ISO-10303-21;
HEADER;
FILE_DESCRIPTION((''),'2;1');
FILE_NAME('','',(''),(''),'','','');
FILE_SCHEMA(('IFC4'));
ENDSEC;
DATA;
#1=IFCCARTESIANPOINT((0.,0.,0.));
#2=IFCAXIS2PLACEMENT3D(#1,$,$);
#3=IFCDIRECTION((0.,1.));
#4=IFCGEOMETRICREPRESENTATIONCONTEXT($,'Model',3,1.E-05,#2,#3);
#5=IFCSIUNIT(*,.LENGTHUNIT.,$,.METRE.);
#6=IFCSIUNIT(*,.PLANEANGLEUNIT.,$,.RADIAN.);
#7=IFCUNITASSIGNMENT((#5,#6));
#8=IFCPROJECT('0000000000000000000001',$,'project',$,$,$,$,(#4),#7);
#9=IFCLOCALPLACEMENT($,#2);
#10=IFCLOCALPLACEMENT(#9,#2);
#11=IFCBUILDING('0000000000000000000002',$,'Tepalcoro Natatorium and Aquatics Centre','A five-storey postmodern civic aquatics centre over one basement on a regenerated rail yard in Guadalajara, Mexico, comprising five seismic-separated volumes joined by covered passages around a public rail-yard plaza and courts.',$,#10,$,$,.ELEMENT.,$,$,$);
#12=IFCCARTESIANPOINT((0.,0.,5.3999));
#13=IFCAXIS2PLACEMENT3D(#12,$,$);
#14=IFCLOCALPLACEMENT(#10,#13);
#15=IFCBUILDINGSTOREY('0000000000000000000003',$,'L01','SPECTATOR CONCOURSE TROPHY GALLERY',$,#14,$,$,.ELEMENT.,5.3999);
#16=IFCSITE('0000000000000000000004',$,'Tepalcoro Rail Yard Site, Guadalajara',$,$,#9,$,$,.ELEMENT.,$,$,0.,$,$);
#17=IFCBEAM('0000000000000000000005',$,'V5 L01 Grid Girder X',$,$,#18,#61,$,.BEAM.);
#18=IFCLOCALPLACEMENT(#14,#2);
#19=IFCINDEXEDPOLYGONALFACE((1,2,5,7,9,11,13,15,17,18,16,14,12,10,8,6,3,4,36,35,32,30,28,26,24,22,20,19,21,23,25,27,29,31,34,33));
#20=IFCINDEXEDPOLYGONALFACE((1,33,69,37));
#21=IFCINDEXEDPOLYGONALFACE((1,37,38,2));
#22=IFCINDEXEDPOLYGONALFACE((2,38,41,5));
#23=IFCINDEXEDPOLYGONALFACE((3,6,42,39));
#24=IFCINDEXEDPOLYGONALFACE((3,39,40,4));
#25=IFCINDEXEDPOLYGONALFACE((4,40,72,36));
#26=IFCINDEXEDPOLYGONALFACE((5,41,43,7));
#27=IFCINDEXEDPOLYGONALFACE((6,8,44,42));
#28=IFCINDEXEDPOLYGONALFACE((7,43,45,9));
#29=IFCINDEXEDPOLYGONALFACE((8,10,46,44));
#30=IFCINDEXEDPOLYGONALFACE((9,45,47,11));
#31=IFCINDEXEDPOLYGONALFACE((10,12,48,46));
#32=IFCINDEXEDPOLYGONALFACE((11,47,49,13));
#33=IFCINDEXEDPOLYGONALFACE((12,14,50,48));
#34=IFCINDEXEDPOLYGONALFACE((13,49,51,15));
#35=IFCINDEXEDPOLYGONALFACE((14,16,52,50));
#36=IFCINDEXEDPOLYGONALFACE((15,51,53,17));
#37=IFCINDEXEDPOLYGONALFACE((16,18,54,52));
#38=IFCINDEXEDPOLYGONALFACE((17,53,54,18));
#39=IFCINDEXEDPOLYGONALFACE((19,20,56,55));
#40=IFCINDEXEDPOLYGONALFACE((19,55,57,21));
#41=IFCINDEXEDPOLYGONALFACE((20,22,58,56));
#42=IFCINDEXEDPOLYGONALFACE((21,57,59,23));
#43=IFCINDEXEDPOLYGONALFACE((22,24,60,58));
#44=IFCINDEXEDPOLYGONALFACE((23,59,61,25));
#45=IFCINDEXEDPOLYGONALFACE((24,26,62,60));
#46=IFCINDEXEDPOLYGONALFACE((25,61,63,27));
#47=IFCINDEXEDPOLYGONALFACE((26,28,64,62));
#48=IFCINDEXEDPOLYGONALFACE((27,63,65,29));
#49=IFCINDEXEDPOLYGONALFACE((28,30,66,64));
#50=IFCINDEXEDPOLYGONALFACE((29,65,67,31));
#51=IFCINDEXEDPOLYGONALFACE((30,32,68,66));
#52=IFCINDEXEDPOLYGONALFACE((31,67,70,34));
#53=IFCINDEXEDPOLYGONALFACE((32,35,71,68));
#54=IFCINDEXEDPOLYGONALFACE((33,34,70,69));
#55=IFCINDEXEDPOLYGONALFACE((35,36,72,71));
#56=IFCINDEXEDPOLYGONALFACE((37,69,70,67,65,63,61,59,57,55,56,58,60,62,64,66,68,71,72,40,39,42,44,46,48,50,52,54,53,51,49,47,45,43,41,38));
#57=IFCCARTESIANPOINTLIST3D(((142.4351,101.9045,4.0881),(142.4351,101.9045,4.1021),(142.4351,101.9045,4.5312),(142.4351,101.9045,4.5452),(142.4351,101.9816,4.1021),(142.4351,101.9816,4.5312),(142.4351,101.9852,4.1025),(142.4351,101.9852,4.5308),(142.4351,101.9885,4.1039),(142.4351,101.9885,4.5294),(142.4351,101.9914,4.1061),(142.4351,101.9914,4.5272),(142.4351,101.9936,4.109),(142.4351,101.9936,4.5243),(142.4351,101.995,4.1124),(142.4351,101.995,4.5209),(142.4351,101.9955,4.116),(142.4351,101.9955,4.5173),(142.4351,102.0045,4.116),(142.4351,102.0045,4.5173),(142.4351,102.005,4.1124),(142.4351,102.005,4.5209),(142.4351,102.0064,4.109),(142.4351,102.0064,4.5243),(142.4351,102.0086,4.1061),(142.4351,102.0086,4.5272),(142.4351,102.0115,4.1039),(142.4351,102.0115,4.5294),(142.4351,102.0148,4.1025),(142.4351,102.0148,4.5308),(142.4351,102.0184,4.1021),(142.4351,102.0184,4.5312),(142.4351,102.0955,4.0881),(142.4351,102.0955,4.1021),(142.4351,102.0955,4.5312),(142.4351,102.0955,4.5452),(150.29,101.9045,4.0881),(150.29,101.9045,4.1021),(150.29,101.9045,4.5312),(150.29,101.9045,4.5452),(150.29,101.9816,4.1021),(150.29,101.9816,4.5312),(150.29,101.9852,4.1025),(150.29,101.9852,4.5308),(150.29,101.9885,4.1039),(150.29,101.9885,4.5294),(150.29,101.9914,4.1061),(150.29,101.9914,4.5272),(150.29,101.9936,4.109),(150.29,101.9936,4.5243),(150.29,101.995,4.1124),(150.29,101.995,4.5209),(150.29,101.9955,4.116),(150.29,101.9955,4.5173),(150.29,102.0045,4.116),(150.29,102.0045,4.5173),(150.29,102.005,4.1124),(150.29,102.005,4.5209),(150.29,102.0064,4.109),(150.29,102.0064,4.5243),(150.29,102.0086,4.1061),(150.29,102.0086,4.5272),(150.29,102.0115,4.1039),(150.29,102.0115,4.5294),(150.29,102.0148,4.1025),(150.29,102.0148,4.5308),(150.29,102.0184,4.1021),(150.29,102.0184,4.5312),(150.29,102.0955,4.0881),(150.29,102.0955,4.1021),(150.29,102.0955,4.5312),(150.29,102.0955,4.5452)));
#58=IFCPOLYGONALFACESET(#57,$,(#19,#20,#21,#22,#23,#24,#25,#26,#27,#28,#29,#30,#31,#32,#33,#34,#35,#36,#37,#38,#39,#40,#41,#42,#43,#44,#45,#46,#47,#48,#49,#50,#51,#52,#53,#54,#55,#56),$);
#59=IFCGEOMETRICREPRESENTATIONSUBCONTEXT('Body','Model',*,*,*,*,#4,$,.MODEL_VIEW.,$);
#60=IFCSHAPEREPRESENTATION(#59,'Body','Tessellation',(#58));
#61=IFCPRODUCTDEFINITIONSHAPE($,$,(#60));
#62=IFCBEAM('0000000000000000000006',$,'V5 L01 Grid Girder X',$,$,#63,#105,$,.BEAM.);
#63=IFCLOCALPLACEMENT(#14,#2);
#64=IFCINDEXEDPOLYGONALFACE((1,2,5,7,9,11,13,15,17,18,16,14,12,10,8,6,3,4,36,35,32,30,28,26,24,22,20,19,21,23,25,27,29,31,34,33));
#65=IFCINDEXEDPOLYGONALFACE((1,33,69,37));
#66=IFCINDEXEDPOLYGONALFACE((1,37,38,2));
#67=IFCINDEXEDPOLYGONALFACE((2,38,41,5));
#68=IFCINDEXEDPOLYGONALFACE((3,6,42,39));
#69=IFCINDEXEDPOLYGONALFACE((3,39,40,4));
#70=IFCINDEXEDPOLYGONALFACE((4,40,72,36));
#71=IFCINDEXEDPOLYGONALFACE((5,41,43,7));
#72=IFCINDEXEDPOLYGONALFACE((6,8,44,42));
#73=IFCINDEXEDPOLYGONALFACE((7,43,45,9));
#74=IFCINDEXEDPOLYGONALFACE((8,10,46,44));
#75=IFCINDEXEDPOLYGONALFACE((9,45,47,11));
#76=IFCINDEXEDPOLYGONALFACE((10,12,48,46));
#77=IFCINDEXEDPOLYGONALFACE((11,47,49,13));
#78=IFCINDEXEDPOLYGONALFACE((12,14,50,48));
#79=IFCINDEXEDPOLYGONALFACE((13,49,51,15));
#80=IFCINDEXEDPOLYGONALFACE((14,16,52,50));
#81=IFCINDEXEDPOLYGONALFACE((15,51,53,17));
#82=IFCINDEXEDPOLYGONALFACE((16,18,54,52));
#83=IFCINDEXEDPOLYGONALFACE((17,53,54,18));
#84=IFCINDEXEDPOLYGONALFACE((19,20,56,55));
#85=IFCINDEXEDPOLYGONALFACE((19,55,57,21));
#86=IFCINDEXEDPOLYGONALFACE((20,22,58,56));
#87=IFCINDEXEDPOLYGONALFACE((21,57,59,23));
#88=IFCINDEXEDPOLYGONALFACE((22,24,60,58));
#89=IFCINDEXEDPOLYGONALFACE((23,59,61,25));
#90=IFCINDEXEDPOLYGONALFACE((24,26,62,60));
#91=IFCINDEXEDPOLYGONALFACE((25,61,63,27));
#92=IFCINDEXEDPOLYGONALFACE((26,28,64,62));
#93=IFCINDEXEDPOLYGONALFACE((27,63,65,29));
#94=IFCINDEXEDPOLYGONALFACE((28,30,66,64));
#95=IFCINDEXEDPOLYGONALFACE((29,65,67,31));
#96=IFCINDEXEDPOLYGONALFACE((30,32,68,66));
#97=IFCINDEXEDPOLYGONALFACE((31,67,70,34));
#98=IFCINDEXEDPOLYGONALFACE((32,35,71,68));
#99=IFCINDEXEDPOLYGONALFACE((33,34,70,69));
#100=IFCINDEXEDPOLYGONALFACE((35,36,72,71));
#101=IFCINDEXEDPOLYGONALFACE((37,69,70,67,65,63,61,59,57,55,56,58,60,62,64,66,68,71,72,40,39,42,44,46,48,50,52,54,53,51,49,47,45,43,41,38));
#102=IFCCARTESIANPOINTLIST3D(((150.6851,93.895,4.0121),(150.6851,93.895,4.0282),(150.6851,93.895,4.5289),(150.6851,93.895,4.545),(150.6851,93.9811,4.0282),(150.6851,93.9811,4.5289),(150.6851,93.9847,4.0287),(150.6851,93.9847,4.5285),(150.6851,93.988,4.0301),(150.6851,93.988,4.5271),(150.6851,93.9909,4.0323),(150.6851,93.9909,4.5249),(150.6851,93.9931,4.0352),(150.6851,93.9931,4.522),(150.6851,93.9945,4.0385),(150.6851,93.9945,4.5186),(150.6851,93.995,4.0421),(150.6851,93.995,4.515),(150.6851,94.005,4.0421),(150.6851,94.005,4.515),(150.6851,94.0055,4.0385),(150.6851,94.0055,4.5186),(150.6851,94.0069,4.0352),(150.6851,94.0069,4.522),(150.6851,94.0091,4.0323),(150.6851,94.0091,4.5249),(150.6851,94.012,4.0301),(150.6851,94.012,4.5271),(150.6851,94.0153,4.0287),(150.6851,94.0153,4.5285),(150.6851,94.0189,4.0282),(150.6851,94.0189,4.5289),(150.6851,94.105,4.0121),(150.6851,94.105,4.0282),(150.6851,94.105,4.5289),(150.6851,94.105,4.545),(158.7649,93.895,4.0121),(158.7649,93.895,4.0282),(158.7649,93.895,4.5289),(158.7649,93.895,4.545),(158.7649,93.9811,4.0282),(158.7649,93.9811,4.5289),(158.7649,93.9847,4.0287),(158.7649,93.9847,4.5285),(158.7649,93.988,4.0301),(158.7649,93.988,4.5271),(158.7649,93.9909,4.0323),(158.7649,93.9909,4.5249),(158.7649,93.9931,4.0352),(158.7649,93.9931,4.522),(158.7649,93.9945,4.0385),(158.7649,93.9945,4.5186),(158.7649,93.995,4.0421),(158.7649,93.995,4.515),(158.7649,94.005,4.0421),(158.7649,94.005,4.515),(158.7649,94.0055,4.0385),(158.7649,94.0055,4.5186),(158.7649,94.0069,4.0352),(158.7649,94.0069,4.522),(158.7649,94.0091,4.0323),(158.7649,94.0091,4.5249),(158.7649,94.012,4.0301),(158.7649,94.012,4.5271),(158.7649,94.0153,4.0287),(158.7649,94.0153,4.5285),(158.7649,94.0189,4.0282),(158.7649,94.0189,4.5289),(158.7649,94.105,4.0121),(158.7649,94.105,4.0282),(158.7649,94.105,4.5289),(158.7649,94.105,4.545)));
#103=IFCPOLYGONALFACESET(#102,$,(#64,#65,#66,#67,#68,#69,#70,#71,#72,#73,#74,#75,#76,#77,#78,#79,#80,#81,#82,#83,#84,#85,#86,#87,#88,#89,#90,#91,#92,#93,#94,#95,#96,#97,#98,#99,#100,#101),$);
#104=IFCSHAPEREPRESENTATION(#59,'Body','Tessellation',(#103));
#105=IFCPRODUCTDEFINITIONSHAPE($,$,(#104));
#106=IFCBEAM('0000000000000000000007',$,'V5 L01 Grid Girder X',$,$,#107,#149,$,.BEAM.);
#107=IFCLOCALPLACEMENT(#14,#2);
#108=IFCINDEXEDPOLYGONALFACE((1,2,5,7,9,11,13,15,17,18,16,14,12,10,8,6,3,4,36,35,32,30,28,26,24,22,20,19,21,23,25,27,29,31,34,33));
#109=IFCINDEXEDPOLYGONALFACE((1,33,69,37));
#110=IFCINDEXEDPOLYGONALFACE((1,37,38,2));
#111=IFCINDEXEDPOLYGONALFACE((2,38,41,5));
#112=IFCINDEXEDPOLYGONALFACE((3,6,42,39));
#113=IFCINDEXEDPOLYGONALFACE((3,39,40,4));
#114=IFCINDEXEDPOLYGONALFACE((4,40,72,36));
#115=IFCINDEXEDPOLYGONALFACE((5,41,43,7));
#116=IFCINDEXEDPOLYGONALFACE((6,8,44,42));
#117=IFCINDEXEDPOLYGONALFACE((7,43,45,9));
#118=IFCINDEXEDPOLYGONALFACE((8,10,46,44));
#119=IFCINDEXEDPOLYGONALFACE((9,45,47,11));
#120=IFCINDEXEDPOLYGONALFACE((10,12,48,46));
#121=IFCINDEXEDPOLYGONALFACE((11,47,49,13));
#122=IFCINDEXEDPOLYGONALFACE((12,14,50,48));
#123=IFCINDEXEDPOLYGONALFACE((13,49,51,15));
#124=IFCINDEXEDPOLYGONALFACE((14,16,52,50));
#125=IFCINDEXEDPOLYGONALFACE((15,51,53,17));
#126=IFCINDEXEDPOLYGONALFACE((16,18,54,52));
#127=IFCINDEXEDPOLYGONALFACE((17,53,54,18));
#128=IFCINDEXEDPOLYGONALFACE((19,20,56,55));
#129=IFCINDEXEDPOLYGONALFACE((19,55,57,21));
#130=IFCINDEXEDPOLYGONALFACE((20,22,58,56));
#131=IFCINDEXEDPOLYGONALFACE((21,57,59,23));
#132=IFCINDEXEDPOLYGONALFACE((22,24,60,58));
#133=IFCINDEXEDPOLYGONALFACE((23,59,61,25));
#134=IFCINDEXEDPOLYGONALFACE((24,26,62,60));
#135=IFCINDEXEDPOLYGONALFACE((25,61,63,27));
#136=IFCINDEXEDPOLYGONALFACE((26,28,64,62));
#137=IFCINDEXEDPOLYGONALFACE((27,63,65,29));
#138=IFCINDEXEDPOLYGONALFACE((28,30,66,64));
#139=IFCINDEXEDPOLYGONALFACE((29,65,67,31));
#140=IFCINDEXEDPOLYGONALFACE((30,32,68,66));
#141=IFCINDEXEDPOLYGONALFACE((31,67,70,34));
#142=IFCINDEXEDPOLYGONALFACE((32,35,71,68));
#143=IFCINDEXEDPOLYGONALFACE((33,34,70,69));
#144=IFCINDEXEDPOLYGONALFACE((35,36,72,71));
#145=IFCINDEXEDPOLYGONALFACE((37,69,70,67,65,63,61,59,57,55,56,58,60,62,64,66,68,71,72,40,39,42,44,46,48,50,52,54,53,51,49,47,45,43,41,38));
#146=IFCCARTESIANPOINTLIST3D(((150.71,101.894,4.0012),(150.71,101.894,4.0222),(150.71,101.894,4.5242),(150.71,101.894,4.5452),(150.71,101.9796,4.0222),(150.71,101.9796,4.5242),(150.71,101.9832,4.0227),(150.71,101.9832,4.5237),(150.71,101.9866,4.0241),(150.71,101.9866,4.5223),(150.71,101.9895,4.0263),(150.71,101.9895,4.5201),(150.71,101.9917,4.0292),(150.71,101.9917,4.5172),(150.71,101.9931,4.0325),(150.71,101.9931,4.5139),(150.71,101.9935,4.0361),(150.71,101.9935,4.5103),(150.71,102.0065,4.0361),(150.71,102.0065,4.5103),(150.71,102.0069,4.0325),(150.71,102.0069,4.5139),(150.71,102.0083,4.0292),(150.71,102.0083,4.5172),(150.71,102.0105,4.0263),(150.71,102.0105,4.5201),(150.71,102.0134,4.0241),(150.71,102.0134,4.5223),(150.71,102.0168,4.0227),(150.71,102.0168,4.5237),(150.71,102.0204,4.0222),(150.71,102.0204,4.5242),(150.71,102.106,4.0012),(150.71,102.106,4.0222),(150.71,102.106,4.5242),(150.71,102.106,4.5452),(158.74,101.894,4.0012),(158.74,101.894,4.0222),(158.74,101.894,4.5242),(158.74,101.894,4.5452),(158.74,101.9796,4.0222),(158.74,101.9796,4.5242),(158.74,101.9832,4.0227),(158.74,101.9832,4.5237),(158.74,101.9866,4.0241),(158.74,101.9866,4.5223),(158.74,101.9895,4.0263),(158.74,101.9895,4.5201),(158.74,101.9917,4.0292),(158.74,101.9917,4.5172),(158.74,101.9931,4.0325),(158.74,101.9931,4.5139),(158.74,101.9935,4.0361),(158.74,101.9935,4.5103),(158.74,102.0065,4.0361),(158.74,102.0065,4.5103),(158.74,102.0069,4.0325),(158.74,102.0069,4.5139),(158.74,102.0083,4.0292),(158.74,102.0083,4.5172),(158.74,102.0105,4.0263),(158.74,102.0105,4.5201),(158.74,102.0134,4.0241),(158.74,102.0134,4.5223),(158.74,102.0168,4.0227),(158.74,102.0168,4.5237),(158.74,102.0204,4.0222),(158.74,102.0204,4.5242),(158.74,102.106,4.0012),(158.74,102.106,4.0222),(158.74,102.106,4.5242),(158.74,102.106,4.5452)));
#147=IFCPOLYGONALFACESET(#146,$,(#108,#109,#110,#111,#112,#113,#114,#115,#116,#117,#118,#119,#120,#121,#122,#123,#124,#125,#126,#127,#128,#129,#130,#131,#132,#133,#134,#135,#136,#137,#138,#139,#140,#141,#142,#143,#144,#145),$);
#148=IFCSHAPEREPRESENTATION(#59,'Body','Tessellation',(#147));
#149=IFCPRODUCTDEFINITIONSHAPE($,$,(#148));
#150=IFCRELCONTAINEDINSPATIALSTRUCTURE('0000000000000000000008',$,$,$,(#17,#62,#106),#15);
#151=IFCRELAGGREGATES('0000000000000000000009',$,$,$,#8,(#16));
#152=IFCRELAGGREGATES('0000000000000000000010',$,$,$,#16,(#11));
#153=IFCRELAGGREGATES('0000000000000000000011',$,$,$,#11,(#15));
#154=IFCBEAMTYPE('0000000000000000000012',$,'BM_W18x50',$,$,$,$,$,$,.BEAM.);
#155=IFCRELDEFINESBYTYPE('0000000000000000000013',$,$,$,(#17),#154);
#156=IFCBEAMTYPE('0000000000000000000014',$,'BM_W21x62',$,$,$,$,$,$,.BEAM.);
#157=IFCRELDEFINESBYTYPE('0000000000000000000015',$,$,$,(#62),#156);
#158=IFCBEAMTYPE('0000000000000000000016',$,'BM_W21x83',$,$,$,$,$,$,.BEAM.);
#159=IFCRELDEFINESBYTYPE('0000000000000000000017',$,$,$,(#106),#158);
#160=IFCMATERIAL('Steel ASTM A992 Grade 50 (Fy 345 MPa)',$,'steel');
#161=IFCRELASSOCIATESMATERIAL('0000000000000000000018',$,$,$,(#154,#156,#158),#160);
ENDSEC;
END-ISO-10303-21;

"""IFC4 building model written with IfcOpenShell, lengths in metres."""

from ifc_helpers import new_model, si_unit, direction, frame, origin, origin_2d, place, context, subcontext, project, spatial, i_section, extrude, material, material_profile, profile_set, type_object, element, save


model = new_model("IFC4")

# Units and contexts
model_context = context("Model", 3, precision=1e-05, world=origin(), true_north=direction((0.0, 1.0)))
body_context = subcontext(model_context, "Body", "Model", "MODEL_VIEW")
ifc_project = project(units=[si_unit("LENGTHUNIT", "METRE"), si_unit("PLANEANGLEUNIT", "RADIAN")], contexts=[model_context])

# Site, building, storey
site_placement = place(None, origin())
site = spatial("IfcSite", under=ifc_project, at=site_placement, Name="Tepalcoro Rail Yard Site, Guadalajara", CompositionType="ELEMENT", RefElevation=0.0)
building_placement = place(site_placement, origin())
building = spatial("IfcBuilding", under=site, at=building_placement, Name="Tepalcoro Natatorium and Aquatics Centre", Description="A five-storey postmodern civic aquatics centre over one basement on a regenerated rail yard in Guadalajara, Mexico, comprising five seismic-separated volumes joined by covered passages around a public rail-yard plaza and courts.", CompositionType="ELEMENT")
storey_placement = place(building_placement, frame((0.0, 0.0, 5.3999)))
storey = spatial("IfcBuildingStorey", under=building, at=storey_placement, Name="L01", Description="SPECTATOR CONCOURSE TROPHY GALLERY", CompositionType="ELEMENT", Elevation=5.3999)

# Beams
ifc_material_1 = material(Name="Steel ASTM A992 Grade 50 (Fy 345 MPa)", Category="steel")
ifc_material_profile_1 = material_profile(ifc_material_1, i_section(OverallWidth=0.1909, OverallDepth=0.457, WebThickness=0.009, FlangeThickness=0.0139, FilletRadius=0.0139, at=origin_2d()), Name="W18X50")
ifc_profile_set_1 = profile_set([ifc_material_profile_1], Name="Steel ASTM A992 Grade 50 (Fy 345 MPa)")
beam_type_1 = type_object("IfcBeamType", Name="BM_W18x50", PredefinedType="BEAM", material=ifc_profile_set_1)
beam_1_placement = place(storey_placement, frame((142.4351, 102.0, 4.3167), z_axis=(1.0, 0.0, 0.0), x_axis=(0.0, 1.0, 0.0)))
element("IfcBeam", 1, at=beam_1_placement, inside=storey, type_object=beam_type_1, Name="V5 L01 Grid Girder X", PredefinedType="BEAM", context=body_context, shape_type="SweptSolid", body=[
    extrude(i_section(OverallWidth=0.1909, OverallDepth=0.457, WebThickness=0.009, FlangeThickness=0.0139, FilletRadius=0.0139, at=origin_2d()), origin(), (0.0, 0.0, 1.0), 7.855),
])
ifc_material_profile_2 = material_profile(ifc_material_1, i_section(OverallWidth=0.21, OverallDepth=0.533, WebThickness=0.01, FlangeThickness=0.0161, FilletRadius=0.0139, at=origin_2d()), Name="W21X62")
ifc_profile_set_2 = profile_set([ifc_material_profile_2], Name="Steel ASTM A992 Grade 50 (Fy 345 MPa)")
beam_type_2 = type_object("IfcBeamType", Name="BM_W21x62", PredefinedType="BEAM", material=ifc_profile_set_2)
beam_2_placement = place(storey_placement, frame((150.6851, 94.0, 4.2786), z_axis=(1.0, 0.0, 0.0), x_axis=(0.0, 1.0, 0.0)))
element("IfcBeam", 2, at=beam_2_placement, inside=storey, type_object=beam_type_2, Name="V5 L01 Grid Girder X", PredefinedType="BEAM", context=body_context, shape_type="SweptSolid", body=[
    extrude(i_section(OverallWidth=0.21, OverallDepth=0.533, WebThickness=0.01, FlangeThickness=0.0161, FilletRadius=0.0139, at=origin_2d()), origin(), (0.0, 0.0, 1.0), 8.0798),
])
ifc_material_profile_3 = material_profile(ifc_material_1, i_section(OverallWidth=0.2119, OverallDepth=0.5439, WebThickness=0.0129, FlangeThickness=0.021, FilletRadius=0.0139, at=origin_2d()), Name="W21X83")
ifc_profile_set_3 = profile_set([ifc_material_profile_3], Name="Steel ASTM A992 Grade 50 (Fy 345 MPa)")
beam_type_3 = type_object("IfcBeamType", Name="BM_W21x83", PredefinedType="BEAM", material=ifc_profile_set_3)
beam_3_placement = place(storey_placement, frame((150.71, 102.0, 4.2732), z_axis=(1.0, 0.0, 0.0), x_axis=(0.0, 1.0, 0.0)))
element("IfcBeam", 3, at=beam_3_placement, inside=storey, type_object=beam_type_3, Name="V5 L01 Grid Girder X", PredefinedType="BEAM", context=body_context, shape_type="SweptSolid", body=[
    extrude(i_section(OverallWidth=0.2119, OverallDepth=0.5439, WebThickness=0.0129, FlangeThickness=0.021, FilletRadius=0.0139, at=origin_2d()), origin(), (0.0, 0.0, 1.0), 8.03),
])

save(model, "model.ifc")
